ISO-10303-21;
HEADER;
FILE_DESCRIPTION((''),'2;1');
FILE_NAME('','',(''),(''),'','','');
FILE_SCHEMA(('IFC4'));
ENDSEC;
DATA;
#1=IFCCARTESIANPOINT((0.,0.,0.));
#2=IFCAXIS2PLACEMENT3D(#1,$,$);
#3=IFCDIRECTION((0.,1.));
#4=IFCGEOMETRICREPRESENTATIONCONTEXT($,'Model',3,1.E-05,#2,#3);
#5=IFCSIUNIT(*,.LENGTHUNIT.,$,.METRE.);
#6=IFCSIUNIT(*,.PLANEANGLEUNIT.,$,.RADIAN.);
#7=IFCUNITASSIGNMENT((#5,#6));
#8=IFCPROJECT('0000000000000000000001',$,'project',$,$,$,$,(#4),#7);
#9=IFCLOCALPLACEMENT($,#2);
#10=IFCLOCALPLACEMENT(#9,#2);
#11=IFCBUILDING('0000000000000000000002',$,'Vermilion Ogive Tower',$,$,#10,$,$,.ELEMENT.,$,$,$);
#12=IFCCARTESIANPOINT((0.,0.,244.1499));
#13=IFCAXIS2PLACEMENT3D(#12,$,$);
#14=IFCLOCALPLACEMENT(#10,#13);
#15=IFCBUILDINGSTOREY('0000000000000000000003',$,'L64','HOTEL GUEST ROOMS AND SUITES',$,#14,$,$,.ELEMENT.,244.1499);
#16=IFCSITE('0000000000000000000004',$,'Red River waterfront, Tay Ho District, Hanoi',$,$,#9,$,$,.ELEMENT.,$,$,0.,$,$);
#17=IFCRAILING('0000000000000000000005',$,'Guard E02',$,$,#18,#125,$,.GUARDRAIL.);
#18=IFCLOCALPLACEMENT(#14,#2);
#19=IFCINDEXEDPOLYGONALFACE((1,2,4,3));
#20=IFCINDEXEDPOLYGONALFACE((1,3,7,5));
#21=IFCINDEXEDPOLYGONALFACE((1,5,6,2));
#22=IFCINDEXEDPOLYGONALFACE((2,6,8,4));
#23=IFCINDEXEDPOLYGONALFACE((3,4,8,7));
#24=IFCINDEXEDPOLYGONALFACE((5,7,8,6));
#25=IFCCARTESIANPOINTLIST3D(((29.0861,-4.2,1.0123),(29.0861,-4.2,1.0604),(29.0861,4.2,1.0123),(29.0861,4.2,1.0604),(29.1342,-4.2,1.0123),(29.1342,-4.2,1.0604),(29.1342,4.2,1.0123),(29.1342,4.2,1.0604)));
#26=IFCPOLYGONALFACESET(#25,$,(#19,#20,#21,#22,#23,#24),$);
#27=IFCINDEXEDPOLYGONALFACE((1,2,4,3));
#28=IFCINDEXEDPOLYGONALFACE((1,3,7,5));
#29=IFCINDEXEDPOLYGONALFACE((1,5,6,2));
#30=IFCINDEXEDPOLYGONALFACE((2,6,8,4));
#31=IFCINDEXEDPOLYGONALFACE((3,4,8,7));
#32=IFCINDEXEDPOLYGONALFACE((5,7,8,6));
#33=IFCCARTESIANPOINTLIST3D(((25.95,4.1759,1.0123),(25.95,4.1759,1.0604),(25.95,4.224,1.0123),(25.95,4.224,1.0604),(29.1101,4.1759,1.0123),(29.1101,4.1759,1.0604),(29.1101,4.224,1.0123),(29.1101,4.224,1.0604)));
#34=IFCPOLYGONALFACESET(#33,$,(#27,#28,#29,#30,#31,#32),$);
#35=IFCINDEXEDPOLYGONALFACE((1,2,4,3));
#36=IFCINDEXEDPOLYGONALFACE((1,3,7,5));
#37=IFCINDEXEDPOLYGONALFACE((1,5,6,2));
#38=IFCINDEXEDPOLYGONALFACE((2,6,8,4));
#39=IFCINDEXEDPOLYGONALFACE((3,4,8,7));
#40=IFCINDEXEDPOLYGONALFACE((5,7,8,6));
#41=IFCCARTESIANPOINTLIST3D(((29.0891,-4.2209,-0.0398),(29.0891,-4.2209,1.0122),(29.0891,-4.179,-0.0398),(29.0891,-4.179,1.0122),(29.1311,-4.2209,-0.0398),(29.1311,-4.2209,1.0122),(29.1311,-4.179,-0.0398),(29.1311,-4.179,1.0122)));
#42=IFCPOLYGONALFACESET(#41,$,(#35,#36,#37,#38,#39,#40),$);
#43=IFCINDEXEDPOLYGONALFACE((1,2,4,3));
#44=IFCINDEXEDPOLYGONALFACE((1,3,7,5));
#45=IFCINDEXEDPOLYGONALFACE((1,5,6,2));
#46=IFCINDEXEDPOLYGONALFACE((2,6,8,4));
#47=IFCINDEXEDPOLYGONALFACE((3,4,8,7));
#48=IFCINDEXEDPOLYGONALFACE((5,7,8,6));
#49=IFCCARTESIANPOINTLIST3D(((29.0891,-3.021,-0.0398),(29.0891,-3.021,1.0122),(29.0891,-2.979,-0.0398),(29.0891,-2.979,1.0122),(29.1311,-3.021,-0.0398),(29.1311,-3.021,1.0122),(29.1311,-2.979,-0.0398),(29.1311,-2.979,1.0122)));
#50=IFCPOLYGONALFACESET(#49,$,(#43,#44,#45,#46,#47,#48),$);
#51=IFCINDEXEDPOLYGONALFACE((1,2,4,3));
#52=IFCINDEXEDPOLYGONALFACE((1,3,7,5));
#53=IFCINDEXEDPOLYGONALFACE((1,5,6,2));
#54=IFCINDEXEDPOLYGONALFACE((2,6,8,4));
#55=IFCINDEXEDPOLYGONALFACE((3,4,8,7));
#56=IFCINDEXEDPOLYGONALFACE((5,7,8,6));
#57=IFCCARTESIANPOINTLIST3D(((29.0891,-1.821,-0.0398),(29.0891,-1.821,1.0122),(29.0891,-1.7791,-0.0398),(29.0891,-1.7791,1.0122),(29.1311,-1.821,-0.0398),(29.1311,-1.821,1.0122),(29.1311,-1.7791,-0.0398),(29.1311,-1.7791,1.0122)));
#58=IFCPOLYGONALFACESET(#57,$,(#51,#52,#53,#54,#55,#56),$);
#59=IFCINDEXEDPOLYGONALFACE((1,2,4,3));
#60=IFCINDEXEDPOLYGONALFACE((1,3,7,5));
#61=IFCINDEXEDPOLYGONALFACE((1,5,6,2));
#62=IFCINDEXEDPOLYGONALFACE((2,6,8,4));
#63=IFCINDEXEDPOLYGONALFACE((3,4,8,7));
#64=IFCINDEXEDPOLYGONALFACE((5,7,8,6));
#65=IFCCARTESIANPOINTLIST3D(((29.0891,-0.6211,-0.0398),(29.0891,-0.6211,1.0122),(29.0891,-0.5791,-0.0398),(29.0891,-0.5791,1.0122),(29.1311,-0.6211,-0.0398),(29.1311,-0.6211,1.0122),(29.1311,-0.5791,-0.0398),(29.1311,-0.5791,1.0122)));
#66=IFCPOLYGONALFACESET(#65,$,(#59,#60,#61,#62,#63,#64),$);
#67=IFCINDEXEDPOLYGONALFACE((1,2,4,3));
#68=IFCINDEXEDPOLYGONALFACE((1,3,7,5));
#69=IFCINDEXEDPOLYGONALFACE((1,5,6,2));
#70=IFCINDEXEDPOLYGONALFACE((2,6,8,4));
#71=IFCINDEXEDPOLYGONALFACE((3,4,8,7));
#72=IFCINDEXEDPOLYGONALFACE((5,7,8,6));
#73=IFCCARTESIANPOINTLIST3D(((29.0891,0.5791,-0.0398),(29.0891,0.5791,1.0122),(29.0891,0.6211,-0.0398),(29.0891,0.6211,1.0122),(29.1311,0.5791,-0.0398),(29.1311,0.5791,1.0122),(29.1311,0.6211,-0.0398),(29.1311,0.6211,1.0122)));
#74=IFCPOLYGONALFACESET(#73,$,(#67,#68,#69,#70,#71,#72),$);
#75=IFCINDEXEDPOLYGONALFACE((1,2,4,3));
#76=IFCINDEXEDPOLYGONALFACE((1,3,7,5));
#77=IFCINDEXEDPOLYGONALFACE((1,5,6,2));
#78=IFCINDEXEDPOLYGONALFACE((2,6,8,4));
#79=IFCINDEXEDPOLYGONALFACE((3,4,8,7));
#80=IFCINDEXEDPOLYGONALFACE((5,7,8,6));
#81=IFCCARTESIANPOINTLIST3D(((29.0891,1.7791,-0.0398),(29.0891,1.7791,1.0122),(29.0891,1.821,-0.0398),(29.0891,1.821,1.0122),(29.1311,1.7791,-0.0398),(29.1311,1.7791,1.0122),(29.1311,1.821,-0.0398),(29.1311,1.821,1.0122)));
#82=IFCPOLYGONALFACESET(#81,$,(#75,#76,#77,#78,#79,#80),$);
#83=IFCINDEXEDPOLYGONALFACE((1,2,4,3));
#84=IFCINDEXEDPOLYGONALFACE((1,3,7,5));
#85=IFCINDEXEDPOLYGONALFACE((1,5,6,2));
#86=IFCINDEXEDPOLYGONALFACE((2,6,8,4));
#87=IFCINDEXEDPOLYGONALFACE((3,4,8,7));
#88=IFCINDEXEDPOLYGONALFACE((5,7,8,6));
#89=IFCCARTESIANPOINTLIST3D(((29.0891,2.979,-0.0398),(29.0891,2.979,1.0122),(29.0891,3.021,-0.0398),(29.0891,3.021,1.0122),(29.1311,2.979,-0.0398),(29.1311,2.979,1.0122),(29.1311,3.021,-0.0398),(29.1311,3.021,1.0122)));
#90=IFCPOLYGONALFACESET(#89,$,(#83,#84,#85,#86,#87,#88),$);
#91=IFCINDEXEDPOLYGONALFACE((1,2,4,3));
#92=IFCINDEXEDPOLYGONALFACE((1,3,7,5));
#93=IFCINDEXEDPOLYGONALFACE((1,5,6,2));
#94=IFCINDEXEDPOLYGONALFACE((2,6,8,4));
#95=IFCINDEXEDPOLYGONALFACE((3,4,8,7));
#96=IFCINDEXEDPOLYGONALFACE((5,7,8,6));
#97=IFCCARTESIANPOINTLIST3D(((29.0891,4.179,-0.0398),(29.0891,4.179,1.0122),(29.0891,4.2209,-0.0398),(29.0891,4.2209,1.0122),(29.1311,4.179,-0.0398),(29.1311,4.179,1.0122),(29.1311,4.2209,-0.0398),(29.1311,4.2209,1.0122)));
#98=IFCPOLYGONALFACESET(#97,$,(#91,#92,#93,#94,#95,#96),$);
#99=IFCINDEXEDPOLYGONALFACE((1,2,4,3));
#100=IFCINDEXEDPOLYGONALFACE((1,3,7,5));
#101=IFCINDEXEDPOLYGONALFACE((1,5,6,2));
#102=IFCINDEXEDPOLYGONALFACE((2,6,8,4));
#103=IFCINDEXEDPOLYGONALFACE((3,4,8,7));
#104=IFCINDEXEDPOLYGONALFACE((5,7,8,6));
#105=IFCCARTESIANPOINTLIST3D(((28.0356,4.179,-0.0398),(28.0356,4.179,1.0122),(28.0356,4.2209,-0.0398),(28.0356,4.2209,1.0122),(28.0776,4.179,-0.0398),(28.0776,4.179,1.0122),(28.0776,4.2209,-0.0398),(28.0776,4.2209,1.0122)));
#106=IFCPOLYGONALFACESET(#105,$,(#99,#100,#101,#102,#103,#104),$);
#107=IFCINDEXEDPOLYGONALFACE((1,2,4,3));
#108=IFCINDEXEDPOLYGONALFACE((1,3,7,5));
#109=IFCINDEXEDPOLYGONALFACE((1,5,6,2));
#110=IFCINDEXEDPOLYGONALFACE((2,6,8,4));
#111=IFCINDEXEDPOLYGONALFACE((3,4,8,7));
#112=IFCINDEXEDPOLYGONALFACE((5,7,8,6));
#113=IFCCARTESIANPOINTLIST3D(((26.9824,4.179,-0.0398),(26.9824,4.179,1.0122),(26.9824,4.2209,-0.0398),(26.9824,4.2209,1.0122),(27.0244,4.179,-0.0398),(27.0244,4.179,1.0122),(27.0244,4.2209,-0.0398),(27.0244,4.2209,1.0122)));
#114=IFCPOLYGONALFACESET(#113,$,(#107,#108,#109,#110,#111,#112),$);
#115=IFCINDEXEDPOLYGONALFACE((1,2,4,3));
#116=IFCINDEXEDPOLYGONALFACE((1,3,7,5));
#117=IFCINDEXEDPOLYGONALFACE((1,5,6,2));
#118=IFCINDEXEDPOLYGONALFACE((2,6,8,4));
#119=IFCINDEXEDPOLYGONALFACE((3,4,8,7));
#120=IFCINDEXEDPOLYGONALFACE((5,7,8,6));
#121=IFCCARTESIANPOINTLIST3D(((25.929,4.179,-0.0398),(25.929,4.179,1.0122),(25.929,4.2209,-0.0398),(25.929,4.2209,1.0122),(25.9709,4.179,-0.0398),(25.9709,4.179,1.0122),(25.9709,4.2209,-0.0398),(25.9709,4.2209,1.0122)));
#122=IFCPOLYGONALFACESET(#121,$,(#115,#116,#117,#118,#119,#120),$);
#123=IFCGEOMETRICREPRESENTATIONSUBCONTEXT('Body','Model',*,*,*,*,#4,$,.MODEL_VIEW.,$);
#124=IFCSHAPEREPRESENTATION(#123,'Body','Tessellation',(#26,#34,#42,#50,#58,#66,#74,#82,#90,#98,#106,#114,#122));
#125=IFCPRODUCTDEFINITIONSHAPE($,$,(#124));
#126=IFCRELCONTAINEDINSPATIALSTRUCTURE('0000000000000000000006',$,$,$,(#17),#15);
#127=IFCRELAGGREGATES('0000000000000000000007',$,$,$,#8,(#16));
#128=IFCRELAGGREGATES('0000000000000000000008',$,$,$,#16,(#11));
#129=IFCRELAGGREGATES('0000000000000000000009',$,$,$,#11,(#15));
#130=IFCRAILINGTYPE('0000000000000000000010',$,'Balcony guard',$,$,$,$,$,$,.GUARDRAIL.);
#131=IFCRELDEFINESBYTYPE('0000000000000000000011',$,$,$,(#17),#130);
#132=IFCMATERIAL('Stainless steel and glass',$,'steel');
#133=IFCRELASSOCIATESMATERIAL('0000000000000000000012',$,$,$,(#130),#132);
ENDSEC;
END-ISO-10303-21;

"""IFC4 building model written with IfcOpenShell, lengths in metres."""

from ifc_helpers import new_model, si_unit, direction, frame, origin, origin_2d, place, context, subcontext, project, spatial, rectangle, extrude, material, type_object, element, save


model = new_model("IFC4")

# Units and contexts
model_context = context("Model", 3, precision=1e-05, world=origin(), true_north=direction((0.0, 1.0)))
body_context = subcontext(model_context, "Body", "Model", "MODEL_VIEW")
ifc_project = project(units=[si_unit("LENGTHUNIT", "METRE"), si_unit("PLANEANGLEUNIT", "RADIAN")], contexts=[model_context])

# Site, building, storey
site_placement = place(None, origin())
site = spatial("IfcSite", under=ifc_project, at=site_placement, Name="Red River waterfront, Tay Ho District, Hanoi", CompositionType="ELEMENT", RefElevation=0.0)
building_placement = place(site_placement, origin())
building = spatial("IfcBuilding", under=site, at=building_placement, Name="Vermilion Ogive Tower", CompositionType="ELEMENT")
storey_placement = place(building_placement, frame((0.0, 0.0, 244.1499)))
storey = spatial("IfcBuildingStorey", under=building, at=storey_placement, Name="L64", Description="HOTEL GUEST ROOMS AND SUITES", CompositionType="ELEMENT", Elevation=244.1499)

# Railing
ifc_material_1 = material(Name="Stainless steel and glass", Category="steel")
railing_type = type_object("IfcRailingType", Name="Balcony guard", PredefinedType="GUARDRAIL", material=ifc_material_1)
railing_placement = place(storey_placement, frame((29.1101, -4.2, -0.0398)))
element("IfcRailing", 1, at=railing_placement, inside=storey, type_object=railing_type, Name="Guard E02", PredefinedType="GUARDRAIL", context=body_context, shape_type="SweptSolid", body=[
    extrude(rectangle(XDim=0.0481, YDim=0.0481, at=origin_2d()), frame((0.0, 0.0, 1.0762), z_axis=(0.0, 1.0, 0.0), x_axis=(-1.0, 0.0, 0.0)), (0.0, 0.0, 1.0), 8.3999),
    extrude(rectangle(XDim=0.0481, YDim=0.0481, at=origin_2d()), frame((0.0, 8.3999, 1.0762), z_axis=(-1.0, 0.0, 0.0), x_axis=(0.0, -1.0, 0.0)), (0.0, 0.0, 1.0), 3.1602),
    extrude(rectangle(XDim=0.042, YDim=0.042, at=origin_2d()), origin(), (0.0, 0.0, 1.0), 1.052),
    extrude(rectangle(XDim=0.042, YDim=0.042, at=origin_2d()), frame((0.0, 1.2, 0.0)), (0.0, 0.0, 1.0), 1.052),
    extrude(rectangle(XDim=0.042, YDim=0.042, at=origin_2d()), frame((0.0, 2.3999, 0.0)), (0.0, 0.0, 1.0), 1.052),
    extrude(rectangle(XDim=0.042, YDim=0.042, at=origin_2d()), frame((0.0, 3.5999, 0.0)), (0.0, 0.0, 1.0), 1.052),
    extrude(rectangle(XDim=0.042, YDim=0.042, at=origin_2d()), frame((0.0, 4.8, 0.0)), (0.0, 0.0, 1.0), 1.052),
    extrude(rectangle(XDim=0.042, YDim=0.042, at=origin_2d()), frame((0.0, 6.0, 0.0)), (0.0, 0.0, 1.0), 1.052),
    extrude(rectangle(XDim=0.042, YDim=0.042, at=origin_2d()), frame((0.0, 7.2, 0.0)), (0.0, 0.0, 1.0), 1.052),
    extrude(rectangle(XDim=0.042, YDim=0.042, at=origin_2d()), frame((0.0, 8.3999, 0.0)), (0.0, 0.0, 1.0), 1.052),
    extrude(rectangle(XDim=0.042, YDim=0.042, at=origin_2d()), frame((-1.0535, 8.3999, 0.0)), (0.0, 0.0, 1.0), 1.052),
    extrude(rectangle(XDim=0.042, YDim=0.042, at=origin_2d()), frame((-2.1067, 8.3999, 0.0)), (0.0, 0.0, 1.0), 1.052),
    extrude(rectangle(XDim=0.042, YDim=0.042, at=origin_2d()), frame((-3.1602, 8.3999, 0.0)), (0.0, 0.0, 1.0), 1.052),
])

save(model, "model.ifc")
